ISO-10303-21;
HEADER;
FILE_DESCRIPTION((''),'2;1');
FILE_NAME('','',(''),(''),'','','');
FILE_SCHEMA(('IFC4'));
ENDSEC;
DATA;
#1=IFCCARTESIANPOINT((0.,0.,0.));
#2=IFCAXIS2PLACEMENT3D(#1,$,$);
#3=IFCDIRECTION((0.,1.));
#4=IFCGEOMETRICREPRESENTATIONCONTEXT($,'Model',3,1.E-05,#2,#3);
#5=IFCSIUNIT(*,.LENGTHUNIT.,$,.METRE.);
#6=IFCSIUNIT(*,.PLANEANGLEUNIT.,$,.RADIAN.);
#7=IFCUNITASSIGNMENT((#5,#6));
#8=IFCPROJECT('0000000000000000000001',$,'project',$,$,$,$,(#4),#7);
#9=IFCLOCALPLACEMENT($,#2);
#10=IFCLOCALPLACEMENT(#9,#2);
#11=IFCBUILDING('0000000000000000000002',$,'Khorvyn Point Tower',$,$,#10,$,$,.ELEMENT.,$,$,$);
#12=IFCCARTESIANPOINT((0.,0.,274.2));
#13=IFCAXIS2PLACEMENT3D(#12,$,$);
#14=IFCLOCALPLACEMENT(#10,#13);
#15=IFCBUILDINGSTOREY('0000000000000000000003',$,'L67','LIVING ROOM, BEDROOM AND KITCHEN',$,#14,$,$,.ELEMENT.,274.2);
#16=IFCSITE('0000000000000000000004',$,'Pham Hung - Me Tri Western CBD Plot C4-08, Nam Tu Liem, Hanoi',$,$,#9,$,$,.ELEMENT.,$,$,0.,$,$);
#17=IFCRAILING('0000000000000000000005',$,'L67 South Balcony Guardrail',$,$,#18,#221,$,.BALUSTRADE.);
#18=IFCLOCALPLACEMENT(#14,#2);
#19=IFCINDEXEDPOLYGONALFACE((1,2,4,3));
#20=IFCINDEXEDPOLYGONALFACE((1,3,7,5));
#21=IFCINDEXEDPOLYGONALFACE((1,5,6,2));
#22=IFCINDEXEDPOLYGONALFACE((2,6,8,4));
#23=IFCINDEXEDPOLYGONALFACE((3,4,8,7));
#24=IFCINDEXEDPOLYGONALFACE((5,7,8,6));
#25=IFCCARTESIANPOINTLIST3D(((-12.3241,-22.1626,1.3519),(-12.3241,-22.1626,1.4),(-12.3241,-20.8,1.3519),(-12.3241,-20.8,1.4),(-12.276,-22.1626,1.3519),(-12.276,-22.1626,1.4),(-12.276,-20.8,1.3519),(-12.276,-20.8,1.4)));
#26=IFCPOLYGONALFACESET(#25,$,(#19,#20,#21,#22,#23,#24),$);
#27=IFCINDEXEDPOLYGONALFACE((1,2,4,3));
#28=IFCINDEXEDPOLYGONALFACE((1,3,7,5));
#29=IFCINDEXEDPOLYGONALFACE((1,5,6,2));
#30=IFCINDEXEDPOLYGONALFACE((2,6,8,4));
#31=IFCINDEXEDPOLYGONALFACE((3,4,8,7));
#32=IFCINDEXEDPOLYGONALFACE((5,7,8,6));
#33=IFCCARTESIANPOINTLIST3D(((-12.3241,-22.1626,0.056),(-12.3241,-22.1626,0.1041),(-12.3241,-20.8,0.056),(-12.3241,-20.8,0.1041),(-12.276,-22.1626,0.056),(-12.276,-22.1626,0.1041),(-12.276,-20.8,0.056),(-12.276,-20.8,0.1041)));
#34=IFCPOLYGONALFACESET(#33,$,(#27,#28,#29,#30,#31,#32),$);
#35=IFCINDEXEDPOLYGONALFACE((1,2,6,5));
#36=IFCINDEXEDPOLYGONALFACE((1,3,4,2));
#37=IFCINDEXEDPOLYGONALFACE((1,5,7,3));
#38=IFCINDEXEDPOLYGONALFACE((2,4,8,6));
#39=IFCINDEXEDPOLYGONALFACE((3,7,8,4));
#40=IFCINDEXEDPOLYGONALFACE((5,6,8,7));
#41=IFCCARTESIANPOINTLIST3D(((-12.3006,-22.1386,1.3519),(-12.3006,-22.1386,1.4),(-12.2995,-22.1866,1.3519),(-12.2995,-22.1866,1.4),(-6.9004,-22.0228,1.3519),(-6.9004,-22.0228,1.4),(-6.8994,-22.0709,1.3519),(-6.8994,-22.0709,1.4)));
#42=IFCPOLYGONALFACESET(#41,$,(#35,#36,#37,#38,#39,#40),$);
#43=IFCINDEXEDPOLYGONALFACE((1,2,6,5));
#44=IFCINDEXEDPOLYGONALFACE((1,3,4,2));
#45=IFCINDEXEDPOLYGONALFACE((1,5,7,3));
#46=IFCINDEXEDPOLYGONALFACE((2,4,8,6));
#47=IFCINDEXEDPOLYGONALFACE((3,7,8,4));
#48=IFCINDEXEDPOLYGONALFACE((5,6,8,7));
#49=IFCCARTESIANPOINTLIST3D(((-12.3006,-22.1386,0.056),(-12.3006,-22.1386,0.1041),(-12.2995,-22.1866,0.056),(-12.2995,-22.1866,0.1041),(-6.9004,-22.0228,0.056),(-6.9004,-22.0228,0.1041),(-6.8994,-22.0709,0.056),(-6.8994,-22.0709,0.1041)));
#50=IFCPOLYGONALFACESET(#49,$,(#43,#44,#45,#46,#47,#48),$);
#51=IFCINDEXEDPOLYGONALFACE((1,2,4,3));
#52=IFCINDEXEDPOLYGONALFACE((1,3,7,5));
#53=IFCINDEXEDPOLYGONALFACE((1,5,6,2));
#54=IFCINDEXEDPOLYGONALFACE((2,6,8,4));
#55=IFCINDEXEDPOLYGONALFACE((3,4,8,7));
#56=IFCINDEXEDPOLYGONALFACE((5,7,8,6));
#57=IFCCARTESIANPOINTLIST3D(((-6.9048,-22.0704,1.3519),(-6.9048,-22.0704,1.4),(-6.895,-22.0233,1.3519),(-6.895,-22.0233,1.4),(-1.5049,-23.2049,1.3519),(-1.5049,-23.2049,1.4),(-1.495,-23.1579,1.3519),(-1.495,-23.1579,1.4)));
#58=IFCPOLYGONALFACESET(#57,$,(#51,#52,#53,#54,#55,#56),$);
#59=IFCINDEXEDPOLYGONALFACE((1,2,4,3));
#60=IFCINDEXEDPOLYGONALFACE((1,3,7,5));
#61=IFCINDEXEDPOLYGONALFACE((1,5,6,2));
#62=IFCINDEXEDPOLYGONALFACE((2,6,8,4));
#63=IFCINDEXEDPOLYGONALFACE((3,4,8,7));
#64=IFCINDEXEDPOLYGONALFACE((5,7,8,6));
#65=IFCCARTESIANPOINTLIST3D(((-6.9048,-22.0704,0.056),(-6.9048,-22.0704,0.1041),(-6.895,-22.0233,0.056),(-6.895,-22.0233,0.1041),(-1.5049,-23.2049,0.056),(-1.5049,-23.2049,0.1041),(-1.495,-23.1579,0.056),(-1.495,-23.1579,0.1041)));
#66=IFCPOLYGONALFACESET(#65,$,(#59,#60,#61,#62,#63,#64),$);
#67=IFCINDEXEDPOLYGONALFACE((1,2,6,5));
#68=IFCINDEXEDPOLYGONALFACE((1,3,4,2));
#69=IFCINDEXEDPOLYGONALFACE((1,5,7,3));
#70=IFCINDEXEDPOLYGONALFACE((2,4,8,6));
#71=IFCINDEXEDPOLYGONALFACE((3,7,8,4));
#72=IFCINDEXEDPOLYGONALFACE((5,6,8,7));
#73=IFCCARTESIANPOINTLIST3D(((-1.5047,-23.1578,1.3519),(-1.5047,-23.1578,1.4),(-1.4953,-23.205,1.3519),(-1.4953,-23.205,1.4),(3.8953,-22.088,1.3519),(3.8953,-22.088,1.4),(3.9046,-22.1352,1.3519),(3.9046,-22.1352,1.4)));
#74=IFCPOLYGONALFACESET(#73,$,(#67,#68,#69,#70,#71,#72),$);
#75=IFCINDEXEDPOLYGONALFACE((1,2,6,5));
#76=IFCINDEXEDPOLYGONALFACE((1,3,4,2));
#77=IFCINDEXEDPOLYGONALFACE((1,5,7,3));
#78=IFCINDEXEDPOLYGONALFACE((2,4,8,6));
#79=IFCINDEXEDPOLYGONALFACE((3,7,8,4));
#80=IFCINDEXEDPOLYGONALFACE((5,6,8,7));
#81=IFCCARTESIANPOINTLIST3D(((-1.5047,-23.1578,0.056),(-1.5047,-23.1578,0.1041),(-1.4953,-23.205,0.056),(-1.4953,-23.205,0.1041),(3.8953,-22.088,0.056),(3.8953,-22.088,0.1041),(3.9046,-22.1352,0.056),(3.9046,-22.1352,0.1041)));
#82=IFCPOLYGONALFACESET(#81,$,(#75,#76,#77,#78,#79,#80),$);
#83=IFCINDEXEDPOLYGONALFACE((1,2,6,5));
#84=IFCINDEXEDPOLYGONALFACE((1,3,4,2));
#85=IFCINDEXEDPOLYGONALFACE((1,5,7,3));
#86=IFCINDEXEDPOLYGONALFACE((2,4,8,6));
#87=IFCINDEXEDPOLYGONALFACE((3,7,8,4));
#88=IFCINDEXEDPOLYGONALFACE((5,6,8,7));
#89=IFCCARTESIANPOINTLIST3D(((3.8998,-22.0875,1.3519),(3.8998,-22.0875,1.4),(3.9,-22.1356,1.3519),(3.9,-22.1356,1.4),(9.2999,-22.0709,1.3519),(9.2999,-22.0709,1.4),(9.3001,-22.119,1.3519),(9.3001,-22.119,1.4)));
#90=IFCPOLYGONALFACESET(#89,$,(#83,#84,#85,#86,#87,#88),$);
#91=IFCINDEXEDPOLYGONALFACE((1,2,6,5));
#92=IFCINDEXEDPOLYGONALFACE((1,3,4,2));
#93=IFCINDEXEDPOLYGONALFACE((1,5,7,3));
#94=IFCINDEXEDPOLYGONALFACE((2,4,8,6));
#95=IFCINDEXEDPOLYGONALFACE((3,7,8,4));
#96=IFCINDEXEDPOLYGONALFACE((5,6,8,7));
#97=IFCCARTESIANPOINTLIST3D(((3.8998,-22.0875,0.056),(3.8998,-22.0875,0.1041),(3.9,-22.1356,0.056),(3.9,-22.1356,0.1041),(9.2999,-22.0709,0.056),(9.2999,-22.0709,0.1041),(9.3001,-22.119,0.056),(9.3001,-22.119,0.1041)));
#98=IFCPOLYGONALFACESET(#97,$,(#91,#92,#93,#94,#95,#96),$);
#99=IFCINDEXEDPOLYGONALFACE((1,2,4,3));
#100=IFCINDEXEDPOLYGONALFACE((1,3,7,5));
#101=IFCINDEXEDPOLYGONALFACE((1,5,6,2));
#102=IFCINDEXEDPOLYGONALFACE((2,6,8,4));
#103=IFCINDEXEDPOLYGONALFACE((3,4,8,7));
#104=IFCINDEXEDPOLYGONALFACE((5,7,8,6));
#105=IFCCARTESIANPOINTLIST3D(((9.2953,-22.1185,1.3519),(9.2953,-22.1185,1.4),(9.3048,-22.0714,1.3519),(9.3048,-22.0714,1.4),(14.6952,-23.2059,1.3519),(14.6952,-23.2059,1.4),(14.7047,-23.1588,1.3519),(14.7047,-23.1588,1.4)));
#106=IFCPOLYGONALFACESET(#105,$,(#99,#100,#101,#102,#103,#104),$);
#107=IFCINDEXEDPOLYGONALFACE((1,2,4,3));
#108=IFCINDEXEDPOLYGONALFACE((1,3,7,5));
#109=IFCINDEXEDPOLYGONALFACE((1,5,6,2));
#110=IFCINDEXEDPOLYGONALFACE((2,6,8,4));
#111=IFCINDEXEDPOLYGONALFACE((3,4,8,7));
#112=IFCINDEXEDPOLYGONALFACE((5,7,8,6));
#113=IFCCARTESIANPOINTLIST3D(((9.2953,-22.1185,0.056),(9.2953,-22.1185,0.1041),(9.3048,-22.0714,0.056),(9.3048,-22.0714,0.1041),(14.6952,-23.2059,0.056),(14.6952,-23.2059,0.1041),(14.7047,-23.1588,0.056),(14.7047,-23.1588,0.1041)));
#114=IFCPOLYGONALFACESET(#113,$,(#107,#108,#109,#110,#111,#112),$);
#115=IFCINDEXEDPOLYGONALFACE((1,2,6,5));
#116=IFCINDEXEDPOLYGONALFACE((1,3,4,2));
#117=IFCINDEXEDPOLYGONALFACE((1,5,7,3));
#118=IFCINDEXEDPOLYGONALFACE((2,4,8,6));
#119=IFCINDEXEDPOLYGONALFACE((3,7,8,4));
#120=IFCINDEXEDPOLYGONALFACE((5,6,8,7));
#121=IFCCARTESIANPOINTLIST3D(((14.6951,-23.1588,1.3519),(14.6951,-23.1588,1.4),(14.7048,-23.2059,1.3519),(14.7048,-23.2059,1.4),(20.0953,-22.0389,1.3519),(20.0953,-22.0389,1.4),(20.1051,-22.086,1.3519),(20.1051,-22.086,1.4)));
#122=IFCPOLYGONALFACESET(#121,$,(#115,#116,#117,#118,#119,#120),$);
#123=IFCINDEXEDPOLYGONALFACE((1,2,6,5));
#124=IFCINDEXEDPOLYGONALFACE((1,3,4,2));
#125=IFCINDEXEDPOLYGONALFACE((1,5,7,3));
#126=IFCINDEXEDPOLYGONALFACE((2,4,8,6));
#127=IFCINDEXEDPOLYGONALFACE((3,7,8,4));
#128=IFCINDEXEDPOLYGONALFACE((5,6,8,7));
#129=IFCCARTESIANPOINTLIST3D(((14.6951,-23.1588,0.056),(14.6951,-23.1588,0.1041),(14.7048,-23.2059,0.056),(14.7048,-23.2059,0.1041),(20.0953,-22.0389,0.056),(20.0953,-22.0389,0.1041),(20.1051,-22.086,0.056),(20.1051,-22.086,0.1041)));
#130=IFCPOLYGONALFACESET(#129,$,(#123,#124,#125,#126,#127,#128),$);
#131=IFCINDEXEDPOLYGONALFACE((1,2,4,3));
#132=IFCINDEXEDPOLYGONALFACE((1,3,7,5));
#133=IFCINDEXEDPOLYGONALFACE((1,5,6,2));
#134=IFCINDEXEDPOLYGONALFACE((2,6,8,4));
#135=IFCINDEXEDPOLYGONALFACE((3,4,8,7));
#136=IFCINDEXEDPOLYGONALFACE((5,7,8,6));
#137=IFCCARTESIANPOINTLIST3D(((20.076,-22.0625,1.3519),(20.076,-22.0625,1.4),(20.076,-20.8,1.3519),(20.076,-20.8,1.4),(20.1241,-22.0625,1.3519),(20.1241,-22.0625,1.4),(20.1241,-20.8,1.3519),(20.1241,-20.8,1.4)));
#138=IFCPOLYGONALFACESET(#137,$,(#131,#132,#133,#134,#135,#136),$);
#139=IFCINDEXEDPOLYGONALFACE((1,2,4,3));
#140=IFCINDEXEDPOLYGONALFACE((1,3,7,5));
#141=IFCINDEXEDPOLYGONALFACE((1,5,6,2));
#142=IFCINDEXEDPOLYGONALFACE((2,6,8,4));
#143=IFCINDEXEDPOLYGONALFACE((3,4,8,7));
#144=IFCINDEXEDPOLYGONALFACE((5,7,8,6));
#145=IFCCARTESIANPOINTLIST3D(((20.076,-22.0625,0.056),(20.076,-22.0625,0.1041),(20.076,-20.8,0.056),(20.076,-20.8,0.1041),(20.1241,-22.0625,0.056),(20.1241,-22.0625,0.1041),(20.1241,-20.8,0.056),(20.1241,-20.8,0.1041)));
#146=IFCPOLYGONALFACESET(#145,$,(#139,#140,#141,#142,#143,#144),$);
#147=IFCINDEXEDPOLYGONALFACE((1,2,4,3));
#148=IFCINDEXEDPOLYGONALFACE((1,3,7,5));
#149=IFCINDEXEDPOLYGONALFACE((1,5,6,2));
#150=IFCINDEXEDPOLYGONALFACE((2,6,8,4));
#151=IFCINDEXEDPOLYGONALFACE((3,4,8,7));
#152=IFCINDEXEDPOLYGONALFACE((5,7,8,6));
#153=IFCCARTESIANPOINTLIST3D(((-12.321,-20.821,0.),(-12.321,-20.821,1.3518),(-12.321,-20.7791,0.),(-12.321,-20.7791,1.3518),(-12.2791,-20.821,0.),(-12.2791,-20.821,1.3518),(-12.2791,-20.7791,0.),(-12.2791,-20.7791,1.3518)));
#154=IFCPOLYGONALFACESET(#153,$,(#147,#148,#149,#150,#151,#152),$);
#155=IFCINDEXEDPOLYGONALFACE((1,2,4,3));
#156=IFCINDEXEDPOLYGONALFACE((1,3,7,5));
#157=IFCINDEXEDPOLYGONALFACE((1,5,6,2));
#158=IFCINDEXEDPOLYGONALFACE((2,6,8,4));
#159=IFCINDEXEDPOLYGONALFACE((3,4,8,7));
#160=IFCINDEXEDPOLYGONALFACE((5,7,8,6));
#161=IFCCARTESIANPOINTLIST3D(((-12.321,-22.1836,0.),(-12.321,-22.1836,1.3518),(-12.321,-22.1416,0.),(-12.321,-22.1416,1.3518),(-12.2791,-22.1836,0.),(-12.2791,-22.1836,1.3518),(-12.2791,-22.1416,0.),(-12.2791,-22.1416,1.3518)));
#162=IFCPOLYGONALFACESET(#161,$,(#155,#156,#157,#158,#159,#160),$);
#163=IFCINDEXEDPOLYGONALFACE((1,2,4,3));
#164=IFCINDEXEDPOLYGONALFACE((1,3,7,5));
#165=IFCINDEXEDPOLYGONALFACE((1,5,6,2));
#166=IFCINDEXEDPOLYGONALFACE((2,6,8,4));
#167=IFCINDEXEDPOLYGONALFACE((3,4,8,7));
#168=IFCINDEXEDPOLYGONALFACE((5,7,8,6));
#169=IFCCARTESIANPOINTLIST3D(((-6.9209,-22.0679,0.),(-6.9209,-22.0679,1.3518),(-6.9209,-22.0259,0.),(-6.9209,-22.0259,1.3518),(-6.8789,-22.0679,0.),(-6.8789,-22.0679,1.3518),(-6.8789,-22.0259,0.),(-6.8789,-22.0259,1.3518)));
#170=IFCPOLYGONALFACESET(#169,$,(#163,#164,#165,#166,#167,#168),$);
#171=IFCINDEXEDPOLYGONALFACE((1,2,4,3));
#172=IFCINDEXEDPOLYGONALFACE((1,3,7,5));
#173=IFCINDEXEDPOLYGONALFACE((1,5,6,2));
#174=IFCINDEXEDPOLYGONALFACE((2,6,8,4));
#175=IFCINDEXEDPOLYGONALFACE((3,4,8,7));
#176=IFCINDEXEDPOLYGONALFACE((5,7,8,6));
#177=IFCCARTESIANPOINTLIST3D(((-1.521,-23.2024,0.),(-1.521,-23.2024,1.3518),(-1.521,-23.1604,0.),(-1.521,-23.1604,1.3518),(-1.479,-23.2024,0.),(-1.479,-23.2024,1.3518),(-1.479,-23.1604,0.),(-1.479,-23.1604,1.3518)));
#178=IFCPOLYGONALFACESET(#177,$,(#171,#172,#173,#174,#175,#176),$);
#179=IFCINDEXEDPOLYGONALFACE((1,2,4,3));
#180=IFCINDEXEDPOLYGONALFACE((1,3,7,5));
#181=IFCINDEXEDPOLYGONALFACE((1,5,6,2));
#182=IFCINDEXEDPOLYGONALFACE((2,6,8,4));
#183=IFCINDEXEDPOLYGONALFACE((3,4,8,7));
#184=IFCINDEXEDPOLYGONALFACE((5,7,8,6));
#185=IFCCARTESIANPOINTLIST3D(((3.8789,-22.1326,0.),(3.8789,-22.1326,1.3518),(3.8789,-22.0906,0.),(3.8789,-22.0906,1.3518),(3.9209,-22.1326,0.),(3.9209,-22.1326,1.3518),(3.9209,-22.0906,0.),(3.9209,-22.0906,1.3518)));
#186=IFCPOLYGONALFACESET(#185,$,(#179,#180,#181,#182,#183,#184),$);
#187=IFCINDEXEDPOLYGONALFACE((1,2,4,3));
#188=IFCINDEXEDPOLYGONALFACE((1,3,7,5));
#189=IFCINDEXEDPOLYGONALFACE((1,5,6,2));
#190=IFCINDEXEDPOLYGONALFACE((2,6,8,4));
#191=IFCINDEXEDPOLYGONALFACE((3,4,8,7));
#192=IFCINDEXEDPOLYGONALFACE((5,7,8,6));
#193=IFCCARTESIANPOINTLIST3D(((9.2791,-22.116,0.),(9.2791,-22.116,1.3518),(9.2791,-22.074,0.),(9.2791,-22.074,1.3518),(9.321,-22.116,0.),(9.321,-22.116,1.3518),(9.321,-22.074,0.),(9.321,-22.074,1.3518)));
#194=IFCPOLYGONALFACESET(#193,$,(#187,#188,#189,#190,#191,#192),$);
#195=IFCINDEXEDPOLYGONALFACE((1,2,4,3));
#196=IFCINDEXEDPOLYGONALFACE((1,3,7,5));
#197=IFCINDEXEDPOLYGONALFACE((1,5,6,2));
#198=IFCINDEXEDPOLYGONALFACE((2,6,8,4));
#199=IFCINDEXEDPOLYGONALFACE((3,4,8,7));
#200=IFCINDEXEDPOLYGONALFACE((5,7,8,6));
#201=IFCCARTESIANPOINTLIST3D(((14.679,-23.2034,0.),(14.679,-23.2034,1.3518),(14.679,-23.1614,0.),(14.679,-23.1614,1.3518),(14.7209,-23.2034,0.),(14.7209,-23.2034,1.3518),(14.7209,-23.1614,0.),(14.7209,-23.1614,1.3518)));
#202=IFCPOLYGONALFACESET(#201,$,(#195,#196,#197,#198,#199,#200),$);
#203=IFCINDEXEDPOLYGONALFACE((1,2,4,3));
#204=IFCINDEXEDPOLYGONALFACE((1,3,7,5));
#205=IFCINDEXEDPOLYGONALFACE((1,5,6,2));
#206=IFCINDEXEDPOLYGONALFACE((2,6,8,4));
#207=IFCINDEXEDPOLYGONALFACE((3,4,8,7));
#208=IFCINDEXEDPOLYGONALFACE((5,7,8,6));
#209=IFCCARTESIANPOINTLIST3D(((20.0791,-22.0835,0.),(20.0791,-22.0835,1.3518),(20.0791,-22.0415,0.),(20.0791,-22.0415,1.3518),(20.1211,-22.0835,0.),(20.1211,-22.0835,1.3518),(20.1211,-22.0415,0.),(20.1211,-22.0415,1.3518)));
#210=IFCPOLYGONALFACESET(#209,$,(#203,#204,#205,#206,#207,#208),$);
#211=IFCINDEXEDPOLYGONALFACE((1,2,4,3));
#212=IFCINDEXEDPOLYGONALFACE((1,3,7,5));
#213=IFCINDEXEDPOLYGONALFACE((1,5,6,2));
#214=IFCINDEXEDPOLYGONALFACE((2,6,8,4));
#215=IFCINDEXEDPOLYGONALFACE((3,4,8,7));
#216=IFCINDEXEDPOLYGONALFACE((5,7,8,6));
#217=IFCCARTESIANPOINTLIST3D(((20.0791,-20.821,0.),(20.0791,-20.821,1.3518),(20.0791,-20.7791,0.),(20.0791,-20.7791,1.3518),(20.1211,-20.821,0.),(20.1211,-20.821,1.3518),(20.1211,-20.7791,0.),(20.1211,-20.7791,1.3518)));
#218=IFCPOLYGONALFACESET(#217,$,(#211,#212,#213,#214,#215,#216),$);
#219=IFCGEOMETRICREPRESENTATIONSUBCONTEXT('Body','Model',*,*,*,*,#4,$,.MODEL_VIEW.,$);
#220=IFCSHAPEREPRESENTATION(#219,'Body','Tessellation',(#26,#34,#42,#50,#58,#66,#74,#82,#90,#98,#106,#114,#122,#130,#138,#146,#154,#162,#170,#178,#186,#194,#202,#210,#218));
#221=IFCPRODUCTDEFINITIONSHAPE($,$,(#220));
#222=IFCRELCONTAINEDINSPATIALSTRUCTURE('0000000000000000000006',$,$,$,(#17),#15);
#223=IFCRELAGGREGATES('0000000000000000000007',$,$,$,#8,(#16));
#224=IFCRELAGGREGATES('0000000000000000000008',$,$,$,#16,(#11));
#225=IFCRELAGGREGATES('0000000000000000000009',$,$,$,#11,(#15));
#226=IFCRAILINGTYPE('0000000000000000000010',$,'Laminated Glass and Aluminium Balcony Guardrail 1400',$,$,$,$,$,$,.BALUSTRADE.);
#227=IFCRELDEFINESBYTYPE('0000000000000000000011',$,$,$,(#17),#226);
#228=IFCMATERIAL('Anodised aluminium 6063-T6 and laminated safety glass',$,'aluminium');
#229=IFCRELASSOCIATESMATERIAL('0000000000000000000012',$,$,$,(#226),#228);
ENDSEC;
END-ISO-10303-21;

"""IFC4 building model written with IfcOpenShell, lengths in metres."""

from ifc_helpers import new_model, si_unit, direction, frame, origin, origin_2d, place, context, subcontext, project, spatial, rectangle, extrude, material, type_object, element, save


model = new_model("IFC4")

# Units and contexts
model_context = context("Model", 3, precision=1e-05, world=origin(), true_north=direction((0.0, 1.0)))
body_context = subcontext(model_context, "Body", "Model", "MODEL_VIEW")
ifc_project = project(units=[si_unit("LENGTHUNIT", "METRE"), si_unit("PLANEANGLEUNIT", "RADIAN")], contexts=[model_context])

# Site, building, storey
site_placement = place(None, origin())
site = spatial("IfcSite", under=ifc_project, at=site_placement, Name="Pham Hung - Me Tri Western CBD Plot C4-08, Nam Tu Liem, Hanoi", CompositionType="ELEMENT", RefElevation=0.0)
building_placement = place(site_placement, origin())
building = spatial("IfcBuilding", under=site, at=building_placement, Name="Khorvyn Point Tower", CompositionType="ELEMENT")
storey_placement = place(building_placement, frame((0.0, 0.0, 274.2)))
storey = spatial("IfcBuildingStorey", under=building, at=storey_placement, Name="L67", Description="LIVING ROOM, BEDROOM AND KITCHEN", CompositionType="ELEMENT", Elevation=274.2)

# Railing
ifc_material_1 = material(Name="Anodised aluminium 6063-T6 and laminated safety glass", Category="aluminium")
railing_type = type_object("IfcRailingType", Name="Laminated Glass and Aluminium Balcony Guardrail 1400", PredefinedType="BALUSTRADE", material=ifc_material_1)
railing_1_placement = place(storey_placement, frame((-12.3, -20.8, 0.0)))
element("IfcRailing", 1, at=railing_1_placement, inside=storey, type_object=railing_type, Name="L67 South Balcony Guardrail", PredefinedType="BALUSTRADE", context=body_context, shape_type="SweptSolid", body=[
    extrude(rectangle(XDim=0.0481, YDim=0.0481, at=origin_2d()), frame((0.0, 0.0, 1.376), z_axis=(0.0, -1.0, 0.0), x_axis=(1.0, 0.0, 0.0)), (0.0, 0.0, 1.0), 1.3625),
    extrude(rectangle(XDim=0.0481, YDim=0.0481, at=origin_2d()), frame((0.0, 0.0, 0.0801), z_axis=(0.0, -1.0, 0.0), x_axis=(1.0, 0.0, 0.0)), (0.0, 0.0, 1.0), 1.3625),
    extrude(rectangle(XDim=0.0481, YDim=0.0481, at=origin_2d()), frame((0.0, -1.3625, 1.376), z_axis=(0.99977, 0.021425, 0.0), x_axis=(-0.021425, 0.99977, 0.0)), (0.0, 0.0, 1.0), 5.4014),
    extrude(rectangle(XDim=0.0481, YDim=0.0481, at=origin_2d()), frame((0.0, -1.3625, 0.0801), z_axis=(0.99977, 0.021425, 0.0), x_axis=(-0.021425, 0.99977, 0.0)), (0.0, 0.0, 1.0), 5.4014),
    extrude(rectangle(XDim=0.0481, YDim=0.0481, at=origin_2d()), frame((5.4001, -1.2468, 1.376), z_axis=(0.978634, -0.205611, 0.0), x_axis=(0.205611, 0.978634, 0.0)), (0.0, 0.0, 1.0), 5.5178),
    extrude(rectangle(XDim=0.0481, YDim=0.0481, at=origin_2d()), frame((5.4001, -1.2468, 0.0801), z_axis=(0.978634, -0.205611, 0.0), x_axis=(0.205611, 0.978634, 0.0)), (0.0, 0.0, 1.0), 5.5178),
    extrude(rectangle(XDim=0.0481, YDim=0.0481, at=origin_2d()), frame((10.8, -2.3813, 1.376), z_axis=(0.980934, 0.194342, 0.0), x_axis=(-0.194342, 0.980934, 0.0)), (0.0, 0.0, 1.0), 5.5049),
    extrude(rectangle(XDim=0.0481, YDim=0.0481, at=origin_2d()), frame((10.8, -2.3813, 0.0801), z_axis=(0.980934, 0.194342, 0.0), x_axis=(-0.194342, 0.980934, 0.0)), (0.0, 0.0, 1.0), 5.5049),
    extrude(rectangle(XDim=0.0481, YDim=0.0481, at=origin_2d()), frame((16.2, -1.3115, 1.376), z_axis=(0.999995, 0.003074, 0.0), x_axis=(-0.003074, 0.999995, 0.0)), (0.0, 0.0, 1.0), 5.4001),
    extrude(rectangle(XDim=0.0481, YDim=0.0481, at=origin_2d()), frame((16.2, -1.3115, 0.0801), z_axis=(0.999995, 0.003074, 0.0), x_axis=(-0.003074, 0.999995, 0.0)), (0.0, 0.0, 1.0), 5.4001),
    extrude(rectangle(XDim=0.0481, YDim=0.0481, at=origin_2d()), frame((21.6001, -1.2949, 1.376), z_axis=(0.980321, -0.197412, 0.0), x_axis=(0.197412, 0.980321, 0.0)), (0.0, 0.0, 1.0), 5.5083),
    extrude(rectangle(XDim=0.0481, YDim=0.0481, at=origin_2d()), frame((21.6001, -1.2949, 0.0801), z_axis=(0.980321, -0.197412, 0.0), x_axis=(0.197412, 0.980321, 0.0)), (0.0, 0.0, 1.0), 5.5083),
    extrude(rectangle(XDim=0.0481, YDim=0.0481, at=origin_2d()), frame((27.0, -2.3823, 1.376), z_axis=(0.979167, 0.203058, 0.0), x_axis=(-0.203058, 0.979167, 0.0)), (0.0, 0.0, 1.0), 5.5151),
    extrude(rectangle(XDim=0.0481, YDim=0.0481, at=origin_2d()), frame((27.0, -2.3823, 0.0801), z_axis=(0.979167, 0.203058, 0.0), x_axis=(-0.203058, 0.979167, 0.0)), (0.0, 0.0, 1.0), 5.5151),
    extrude(rectangle(XDim=0.0481, YDim=0.0481, at=origin_2d()), frame((32.4001, -1.2625, 1.376), z_axis=(0.0, 1.0, 0.0), x_axis=(-1.0, 0.0, 0.0)), (0.0, 0.0, 1.0), 1.2625),
    extrude(rectangle(XDim=0.0481, YDim=0.0481, at=origin_2d()), frame((32.4001, -1.2625, 0.0801), z_axis=(0.0, 1.0, 0.0), x_axis=(-1.0, 0.0, 0.0)), (0.0, 0.0, 1.0), 1.2625),
    extrude(rectangle(XDim=0.042, YDim=0.042, at=origin_2d()), origin(), (0.0, 0.0, 1.0), 1.3518),
    extrude(rectangle(XDim=0.042, YDim=0.042, at=origin_2d()), frame((0.0, -1.3625, 0.0)), (0.0, 0.0, 1.0), 1.3518),
    extrude(rectangle(XDim=0.042, YDim=0.042, at=origin_2d()), frame((5.4001, -1.2468, 0.0)), (0.0, 0.0, 1.0), 1.3518),
    extrude(rectangle(XDim=0.042, YDim=0.042, at=origin_2d()), frame((10.8, -2.3813, 0.0)), (0.0, 0.0, 1.0), 1.3518),
    extrude(rectangle(XDim=0.042, YDim=0.042, at=origin_2d()), frame((16.2, -1.3115, 0.0)), (0.0, 0.0, 1.0), 1.3518),
    extrude(rectangle(XDim=0.042, YDim=0.042, at=origin_2d()), frame((21.6001, -1.2949, 0.0)), (0.0, 0.0, 1.0), 1.3518),
    extrude(rectangle(XDim=0.042, YDim=0.042, at=origin_2d()), frame((27.0, -2.3823, 0.0)), (0.0, 0.0, 1.0), 1.3518),
    extrude(rectangle(XDim=0.042, YDim=0.042, at=origin_2d()), frame((32.4001, -1.2625, 0.0)), (0.0, 0.0, 1.0), 1.3518),
    extrude(rectangle(XDim=0.042, YDim=0.042, at=origin_2d()), frame((32.4001, 0.0, 0.0)), (0.0, 0.0, 1.0), 1.3518),
])

save(model, "model.ifc")
